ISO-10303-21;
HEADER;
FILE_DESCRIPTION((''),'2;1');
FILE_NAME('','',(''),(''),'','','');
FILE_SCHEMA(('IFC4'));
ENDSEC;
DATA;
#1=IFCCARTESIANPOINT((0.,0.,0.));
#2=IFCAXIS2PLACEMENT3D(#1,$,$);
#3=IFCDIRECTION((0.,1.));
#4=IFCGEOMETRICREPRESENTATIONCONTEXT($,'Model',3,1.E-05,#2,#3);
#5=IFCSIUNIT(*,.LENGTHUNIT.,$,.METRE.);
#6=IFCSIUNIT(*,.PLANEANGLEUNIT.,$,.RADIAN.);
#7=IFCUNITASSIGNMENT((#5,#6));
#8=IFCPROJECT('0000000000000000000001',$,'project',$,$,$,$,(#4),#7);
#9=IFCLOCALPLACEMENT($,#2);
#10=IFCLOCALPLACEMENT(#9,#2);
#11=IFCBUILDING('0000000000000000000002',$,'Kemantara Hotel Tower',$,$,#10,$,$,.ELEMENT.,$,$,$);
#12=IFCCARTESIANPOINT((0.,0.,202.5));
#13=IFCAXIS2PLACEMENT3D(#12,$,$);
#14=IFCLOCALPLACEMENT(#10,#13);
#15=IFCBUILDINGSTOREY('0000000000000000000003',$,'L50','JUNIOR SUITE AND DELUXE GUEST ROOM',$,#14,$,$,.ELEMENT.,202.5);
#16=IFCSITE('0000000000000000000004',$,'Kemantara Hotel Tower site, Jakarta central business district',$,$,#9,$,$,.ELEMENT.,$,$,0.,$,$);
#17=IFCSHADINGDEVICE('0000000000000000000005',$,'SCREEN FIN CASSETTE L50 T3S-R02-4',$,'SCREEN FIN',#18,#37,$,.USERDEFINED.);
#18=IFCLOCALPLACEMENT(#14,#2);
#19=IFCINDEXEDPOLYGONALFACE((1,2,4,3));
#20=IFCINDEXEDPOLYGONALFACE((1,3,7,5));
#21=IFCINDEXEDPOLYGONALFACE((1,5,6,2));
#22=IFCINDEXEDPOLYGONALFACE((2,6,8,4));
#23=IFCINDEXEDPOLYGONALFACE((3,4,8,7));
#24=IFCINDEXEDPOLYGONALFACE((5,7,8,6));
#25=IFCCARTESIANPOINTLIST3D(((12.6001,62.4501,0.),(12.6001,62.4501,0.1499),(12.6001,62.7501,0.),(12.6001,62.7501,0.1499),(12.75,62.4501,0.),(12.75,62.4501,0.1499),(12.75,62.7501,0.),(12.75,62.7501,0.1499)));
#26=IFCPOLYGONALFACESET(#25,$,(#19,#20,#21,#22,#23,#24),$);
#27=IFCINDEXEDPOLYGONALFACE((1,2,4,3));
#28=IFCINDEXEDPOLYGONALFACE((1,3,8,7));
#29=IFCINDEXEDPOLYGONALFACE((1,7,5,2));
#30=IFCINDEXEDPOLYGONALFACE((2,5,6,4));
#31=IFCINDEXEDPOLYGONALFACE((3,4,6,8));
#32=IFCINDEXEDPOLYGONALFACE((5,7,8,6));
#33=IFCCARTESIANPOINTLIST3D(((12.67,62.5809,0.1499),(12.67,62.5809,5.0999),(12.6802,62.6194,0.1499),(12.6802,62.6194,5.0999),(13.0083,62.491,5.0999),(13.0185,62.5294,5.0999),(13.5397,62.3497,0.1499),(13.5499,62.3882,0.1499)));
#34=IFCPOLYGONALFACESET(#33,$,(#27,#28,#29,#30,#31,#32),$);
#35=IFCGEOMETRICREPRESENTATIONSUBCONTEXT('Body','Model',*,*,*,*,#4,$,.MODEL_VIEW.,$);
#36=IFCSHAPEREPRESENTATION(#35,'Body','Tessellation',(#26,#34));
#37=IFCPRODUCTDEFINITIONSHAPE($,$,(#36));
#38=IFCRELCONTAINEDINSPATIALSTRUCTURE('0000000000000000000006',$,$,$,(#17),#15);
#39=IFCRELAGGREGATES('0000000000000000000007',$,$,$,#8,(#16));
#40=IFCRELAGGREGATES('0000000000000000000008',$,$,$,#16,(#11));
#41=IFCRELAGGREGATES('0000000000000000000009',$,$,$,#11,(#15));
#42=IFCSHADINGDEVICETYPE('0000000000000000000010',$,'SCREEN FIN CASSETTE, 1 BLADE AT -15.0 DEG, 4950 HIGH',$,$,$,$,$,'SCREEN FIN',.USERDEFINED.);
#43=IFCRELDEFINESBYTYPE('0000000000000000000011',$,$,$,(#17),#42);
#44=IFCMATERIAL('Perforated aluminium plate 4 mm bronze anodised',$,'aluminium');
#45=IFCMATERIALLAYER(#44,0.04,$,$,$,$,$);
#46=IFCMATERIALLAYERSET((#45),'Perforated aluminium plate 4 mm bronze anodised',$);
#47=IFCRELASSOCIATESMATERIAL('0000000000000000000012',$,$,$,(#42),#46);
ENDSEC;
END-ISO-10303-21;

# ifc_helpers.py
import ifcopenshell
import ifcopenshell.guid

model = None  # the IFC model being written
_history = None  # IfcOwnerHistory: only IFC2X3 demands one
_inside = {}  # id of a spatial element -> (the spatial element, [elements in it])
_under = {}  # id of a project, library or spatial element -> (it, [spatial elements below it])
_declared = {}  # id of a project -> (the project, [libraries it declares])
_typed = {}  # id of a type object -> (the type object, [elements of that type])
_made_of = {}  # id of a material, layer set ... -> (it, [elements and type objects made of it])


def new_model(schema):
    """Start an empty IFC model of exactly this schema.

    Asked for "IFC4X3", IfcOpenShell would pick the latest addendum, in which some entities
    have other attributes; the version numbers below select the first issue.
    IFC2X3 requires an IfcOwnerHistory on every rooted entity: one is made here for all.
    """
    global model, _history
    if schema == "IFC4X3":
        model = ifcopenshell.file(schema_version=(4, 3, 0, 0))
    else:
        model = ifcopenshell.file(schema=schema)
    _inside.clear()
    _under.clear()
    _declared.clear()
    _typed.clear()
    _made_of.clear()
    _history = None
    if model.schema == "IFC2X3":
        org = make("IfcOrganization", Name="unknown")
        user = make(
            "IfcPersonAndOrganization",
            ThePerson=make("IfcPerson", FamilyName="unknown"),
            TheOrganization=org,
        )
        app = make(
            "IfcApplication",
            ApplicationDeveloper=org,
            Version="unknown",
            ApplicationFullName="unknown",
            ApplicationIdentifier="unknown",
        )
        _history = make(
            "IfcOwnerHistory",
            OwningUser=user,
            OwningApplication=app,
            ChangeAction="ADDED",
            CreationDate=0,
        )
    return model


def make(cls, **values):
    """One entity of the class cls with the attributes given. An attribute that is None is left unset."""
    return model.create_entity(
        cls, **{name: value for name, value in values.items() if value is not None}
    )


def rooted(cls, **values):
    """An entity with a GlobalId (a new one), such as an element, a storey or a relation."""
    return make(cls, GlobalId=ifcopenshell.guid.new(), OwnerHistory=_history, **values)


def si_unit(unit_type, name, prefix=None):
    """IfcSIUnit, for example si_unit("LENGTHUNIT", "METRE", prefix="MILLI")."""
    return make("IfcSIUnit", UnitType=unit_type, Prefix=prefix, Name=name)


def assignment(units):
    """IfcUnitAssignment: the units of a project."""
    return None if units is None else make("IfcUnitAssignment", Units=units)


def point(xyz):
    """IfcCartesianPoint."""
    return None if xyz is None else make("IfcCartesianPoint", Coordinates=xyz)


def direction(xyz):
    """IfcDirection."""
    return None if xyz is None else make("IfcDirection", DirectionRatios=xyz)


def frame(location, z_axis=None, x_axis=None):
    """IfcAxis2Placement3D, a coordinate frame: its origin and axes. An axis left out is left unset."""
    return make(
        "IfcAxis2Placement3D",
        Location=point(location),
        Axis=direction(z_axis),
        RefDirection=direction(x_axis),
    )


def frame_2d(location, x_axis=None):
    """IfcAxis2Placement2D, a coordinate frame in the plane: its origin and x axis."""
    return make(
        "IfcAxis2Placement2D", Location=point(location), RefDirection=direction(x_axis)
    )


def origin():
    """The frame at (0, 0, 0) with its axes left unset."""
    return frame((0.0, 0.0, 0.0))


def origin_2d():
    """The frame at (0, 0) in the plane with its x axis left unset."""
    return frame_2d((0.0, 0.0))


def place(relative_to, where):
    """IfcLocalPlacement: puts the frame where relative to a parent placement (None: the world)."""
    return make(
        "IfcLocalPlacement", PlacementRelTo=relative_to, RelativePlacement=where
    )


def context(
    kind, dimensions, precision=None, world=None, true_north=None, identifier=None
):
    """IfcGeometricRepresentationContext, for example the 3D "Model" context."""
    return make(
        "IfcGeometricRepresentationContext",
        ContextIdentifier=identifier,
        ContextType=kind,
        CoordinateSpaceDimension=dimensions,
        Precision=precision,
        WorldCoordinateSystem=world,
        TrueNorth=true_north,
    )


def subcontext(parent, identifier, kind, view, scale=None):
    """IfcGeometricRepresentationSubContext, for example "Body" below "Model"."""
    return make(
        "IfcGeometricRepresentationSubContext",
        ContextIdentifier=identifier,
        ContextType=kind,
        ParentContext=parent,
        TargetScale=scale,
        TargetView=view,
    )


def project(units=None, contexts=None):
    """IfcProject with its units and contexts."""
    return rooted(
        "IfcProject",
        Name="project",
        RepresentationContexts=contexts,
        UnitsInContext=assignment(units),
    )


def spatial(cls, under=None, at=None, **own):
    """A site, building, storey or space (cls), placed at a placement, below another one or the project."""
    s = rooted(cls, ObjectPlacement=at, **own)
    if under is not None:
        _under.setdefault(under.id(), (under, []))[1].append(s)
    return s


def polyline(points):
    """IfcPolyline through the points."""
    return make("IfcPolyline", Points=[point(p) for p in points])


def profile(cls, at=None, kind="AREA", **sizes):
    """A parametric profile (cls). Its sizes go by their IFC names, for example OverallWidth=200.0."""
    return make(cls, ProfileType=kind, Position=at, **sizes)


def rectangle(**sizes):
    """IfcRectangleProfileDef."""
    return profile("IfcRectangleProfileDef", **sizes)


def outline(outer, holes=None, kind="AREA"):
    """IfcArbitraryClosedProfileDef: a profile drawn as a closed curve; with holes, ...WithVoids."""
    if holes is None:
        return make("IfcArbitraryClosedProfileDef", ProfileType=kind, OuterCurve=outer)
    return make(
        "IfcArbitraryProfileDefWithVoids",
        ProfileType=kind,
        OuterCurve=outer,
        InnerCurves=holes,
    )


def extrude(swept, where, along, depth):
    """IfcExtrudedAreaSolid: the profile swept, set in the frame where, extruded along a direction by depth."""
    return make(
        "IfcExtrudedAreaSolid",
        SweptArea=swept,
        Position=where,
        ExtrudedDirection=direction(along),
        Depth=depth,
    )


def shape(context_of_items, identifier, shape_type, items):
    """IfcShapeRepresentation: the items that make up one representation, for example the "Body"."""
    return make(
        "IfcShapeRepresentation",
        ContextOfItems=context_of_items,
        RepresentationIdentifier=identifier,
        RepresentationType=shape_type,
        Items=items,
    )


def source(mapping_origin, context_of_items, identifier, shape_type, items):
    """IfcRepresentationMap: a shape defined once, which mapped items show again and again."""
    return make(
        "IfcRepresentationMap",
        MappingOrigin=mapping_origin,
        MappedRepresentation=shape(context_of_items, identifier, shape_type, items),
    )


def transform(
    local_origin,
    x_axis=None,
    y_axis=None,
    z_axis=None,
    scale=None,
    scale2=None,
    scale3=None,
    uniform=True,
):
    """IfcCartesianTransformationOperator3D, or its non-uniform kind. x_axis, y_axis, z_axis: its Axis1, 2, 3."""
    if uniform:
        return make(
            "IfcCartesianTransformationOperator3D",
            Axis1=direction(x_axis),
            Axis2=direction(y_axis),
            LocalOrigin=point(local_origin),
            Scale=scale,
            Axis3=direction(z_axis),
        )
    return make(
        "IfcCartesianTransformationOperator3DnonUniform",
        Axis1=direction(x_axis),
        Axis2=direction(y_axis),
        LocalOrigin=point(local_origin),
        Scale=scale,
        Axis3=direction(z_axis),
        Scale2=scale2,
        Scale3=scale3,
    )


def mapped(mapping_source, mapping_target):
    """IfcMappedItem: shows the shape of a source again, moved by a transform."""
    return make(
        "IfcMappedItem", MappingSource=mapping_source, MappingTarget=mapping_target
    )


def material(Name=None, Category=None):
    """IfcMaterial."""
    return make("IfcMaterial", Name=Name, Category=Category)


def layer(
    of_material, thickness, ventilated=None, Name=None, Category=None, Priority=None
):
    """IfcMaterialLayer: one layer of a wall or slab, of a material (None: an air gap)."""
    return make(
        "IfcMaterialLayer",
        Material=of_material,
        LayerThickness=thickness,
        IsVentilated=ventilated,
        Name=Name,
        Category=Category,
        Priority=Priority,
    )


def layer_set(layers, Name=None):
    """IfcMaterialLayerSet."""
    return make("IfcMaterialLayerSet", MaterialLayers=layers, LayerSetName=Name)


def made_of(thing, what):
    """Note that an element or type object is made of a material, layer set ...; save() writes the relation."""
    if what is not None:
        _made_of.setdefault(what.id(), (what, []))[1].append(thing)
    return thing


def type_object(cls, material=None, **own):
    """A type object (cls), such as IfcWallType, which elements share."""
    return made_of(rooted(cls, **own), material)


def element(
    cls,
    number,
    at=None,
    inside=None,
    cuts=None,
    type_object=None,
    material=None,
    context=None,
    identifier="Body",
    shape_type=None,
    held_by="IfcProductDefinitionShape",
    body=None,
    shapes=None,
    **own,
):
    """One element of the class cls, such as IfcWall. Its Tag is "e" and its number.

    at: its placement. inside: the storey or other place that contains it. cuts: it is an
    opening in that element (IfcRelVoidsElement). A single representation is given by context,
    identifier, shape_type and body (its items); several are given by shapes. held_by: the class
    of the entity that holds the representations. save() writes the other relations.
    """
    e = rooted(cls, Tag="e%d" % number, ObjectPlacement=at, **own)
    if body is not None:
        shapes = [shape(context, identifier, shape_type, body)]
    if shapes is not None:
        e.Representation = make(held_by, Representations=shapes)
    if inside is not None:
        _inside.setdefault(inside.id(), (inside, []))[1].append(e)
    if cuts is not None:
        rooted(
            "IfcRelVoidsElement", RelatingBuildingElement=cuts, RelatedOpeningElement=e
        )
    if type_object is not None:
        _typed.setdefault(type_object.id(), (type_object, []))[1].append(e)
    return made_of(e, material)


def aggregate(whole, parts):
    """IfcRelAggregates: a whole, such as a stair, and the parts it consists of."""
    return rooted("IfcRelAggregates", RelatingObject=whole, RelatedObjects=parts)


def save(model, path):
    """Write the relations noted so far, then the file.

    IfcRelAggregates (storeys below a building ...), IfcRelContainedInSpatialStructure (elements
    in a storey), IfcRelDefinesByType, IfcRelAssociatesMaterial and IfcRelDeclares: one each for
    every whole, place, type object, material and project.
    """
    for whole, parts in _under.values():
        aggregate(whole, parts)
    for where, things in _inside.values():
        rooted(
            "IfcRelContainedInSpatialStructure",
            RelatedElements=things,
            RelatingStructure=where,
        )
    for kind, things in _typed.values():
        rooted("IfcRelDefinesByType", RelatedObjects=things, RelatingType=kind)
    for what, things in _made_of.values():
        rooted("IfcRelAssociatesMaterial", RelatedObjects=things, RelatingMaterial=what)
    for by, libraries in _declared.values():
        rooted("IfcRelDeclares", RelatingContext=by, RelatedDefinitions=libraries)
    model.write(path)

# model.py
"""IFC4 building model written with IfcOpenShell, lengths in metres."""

from ifc_helpers import new_model, si_unit, direction, frame, origin, origin_2d, place, context, subcontext, project, spatial, polyline, rectangle, outline, extrude, source, transform, mapped, material, layer, layer_set, type_object, element, save


model = new_model("IFC4")

# Units and contexts
model_context = context("Model", 3, precision=1e-05, world=origin(), true_north=direction((0.0, 1.0)))
body_context = subcontext(model_context, "Body", "Model", "MODEL_VIEW")
ifc_project = project(units=[si_unit("LENGTHUNIT", "METRE"), si_unit("PLANEANGLEUNIT", "RADIAN")], contexts=[model_context])

# Site, building, storey
site_placement = place(None, origin())
site = spatial("IfcSite", under=ifc_project, at=site_placement, Name="Kemantara Hotel Tower site, Jakarta central business district", CompositionType="ELEMENT", RefElevation=0.0)
building_placement = place(site_placement, origin())
building = spatial("IfcBuilding", under=site, at=building_placement, Name="Kemantara Hotel Tower", CompositionType="ELEMENT")
storey_placement = place(building_placement, frame((0.0, 0.0, 202.5)))
storey = spatial("IfcBuildingStorey", under=building, at=storey_placement, Name="L50", Description="JUNIOR SUITE AND DELUXE GUEST ROOM", CompositionType="ELEMENT", Elevation=202.5)

# Shading device
ifc_material_1 = material(Name="Perforated aluminium plate 4 mm bronze anodised", Category="aluminium")
ifc_layer_1 = layer(ifc_material_1, 0.04)
ifc_layer_set_1 = layer_set([ifc_layer_1], Name="Perforated aluminium plate 4 mm bronze anodised")
shading_device_type_1 = type_object("IfcShadingDeviceType", Name="SCREEN FIN CASSETTE, 1 BLADE AT -15.0 DEG, 4950 HIGH", ElementType="SCREEN FIN", PredefinedType="USERDEFINED", material=ifc_layer_set_1)
shared_shape_1 = source(origin(), body_context, "Body", "SweptSolid", [
    extrude(rectangle(XDim=0.3, YDim=0.1499, at=origin_2d()), frame((0.0, -0.075, -0.1499), z_axis=(0.0, 0.0, 1.0), x_axis=(1.0, 0.0, 0.0)), (0.0, 0.0, 1.0), 0.1499),
    extrude(outline(polyline([(0.0, 0.0), (0.8999, 0.0), (0.3501, 4.95), (0.0, 4.95), (0.0, 0.0)])), frame((0.0193, -0.0801, 0.0), z_axis=(-0.966438, 0.256901, 0.0), x_axis=(-0.256901, -0.966438, 0.0)), (0.0, 0.0, 1.0), 0.0398),
])
shading_device_1_placement = place(storey_placement, frame((12.6001, 62.6001, 0.1499), z_axis=(0.0, 0.0, 1.0), x_axis=(0.0, 1.0, 0.0)))
element("IfcShadingDevice", 1, at=shading_device_1_placement, inside=storey, type_object=shading_device_type_1, Name="SCREEN FIN CASSETTE L50 T3S-R02-4", ObjectType="SCREEN FIN", PredefinedType="USERDEFINED", context=body_context, shape_type="MappedRepresentation", body=[
    mapped(shared_shape_1, transform((0.0, 0.0, 0.0))),
])

save(model, "model.ifc")
